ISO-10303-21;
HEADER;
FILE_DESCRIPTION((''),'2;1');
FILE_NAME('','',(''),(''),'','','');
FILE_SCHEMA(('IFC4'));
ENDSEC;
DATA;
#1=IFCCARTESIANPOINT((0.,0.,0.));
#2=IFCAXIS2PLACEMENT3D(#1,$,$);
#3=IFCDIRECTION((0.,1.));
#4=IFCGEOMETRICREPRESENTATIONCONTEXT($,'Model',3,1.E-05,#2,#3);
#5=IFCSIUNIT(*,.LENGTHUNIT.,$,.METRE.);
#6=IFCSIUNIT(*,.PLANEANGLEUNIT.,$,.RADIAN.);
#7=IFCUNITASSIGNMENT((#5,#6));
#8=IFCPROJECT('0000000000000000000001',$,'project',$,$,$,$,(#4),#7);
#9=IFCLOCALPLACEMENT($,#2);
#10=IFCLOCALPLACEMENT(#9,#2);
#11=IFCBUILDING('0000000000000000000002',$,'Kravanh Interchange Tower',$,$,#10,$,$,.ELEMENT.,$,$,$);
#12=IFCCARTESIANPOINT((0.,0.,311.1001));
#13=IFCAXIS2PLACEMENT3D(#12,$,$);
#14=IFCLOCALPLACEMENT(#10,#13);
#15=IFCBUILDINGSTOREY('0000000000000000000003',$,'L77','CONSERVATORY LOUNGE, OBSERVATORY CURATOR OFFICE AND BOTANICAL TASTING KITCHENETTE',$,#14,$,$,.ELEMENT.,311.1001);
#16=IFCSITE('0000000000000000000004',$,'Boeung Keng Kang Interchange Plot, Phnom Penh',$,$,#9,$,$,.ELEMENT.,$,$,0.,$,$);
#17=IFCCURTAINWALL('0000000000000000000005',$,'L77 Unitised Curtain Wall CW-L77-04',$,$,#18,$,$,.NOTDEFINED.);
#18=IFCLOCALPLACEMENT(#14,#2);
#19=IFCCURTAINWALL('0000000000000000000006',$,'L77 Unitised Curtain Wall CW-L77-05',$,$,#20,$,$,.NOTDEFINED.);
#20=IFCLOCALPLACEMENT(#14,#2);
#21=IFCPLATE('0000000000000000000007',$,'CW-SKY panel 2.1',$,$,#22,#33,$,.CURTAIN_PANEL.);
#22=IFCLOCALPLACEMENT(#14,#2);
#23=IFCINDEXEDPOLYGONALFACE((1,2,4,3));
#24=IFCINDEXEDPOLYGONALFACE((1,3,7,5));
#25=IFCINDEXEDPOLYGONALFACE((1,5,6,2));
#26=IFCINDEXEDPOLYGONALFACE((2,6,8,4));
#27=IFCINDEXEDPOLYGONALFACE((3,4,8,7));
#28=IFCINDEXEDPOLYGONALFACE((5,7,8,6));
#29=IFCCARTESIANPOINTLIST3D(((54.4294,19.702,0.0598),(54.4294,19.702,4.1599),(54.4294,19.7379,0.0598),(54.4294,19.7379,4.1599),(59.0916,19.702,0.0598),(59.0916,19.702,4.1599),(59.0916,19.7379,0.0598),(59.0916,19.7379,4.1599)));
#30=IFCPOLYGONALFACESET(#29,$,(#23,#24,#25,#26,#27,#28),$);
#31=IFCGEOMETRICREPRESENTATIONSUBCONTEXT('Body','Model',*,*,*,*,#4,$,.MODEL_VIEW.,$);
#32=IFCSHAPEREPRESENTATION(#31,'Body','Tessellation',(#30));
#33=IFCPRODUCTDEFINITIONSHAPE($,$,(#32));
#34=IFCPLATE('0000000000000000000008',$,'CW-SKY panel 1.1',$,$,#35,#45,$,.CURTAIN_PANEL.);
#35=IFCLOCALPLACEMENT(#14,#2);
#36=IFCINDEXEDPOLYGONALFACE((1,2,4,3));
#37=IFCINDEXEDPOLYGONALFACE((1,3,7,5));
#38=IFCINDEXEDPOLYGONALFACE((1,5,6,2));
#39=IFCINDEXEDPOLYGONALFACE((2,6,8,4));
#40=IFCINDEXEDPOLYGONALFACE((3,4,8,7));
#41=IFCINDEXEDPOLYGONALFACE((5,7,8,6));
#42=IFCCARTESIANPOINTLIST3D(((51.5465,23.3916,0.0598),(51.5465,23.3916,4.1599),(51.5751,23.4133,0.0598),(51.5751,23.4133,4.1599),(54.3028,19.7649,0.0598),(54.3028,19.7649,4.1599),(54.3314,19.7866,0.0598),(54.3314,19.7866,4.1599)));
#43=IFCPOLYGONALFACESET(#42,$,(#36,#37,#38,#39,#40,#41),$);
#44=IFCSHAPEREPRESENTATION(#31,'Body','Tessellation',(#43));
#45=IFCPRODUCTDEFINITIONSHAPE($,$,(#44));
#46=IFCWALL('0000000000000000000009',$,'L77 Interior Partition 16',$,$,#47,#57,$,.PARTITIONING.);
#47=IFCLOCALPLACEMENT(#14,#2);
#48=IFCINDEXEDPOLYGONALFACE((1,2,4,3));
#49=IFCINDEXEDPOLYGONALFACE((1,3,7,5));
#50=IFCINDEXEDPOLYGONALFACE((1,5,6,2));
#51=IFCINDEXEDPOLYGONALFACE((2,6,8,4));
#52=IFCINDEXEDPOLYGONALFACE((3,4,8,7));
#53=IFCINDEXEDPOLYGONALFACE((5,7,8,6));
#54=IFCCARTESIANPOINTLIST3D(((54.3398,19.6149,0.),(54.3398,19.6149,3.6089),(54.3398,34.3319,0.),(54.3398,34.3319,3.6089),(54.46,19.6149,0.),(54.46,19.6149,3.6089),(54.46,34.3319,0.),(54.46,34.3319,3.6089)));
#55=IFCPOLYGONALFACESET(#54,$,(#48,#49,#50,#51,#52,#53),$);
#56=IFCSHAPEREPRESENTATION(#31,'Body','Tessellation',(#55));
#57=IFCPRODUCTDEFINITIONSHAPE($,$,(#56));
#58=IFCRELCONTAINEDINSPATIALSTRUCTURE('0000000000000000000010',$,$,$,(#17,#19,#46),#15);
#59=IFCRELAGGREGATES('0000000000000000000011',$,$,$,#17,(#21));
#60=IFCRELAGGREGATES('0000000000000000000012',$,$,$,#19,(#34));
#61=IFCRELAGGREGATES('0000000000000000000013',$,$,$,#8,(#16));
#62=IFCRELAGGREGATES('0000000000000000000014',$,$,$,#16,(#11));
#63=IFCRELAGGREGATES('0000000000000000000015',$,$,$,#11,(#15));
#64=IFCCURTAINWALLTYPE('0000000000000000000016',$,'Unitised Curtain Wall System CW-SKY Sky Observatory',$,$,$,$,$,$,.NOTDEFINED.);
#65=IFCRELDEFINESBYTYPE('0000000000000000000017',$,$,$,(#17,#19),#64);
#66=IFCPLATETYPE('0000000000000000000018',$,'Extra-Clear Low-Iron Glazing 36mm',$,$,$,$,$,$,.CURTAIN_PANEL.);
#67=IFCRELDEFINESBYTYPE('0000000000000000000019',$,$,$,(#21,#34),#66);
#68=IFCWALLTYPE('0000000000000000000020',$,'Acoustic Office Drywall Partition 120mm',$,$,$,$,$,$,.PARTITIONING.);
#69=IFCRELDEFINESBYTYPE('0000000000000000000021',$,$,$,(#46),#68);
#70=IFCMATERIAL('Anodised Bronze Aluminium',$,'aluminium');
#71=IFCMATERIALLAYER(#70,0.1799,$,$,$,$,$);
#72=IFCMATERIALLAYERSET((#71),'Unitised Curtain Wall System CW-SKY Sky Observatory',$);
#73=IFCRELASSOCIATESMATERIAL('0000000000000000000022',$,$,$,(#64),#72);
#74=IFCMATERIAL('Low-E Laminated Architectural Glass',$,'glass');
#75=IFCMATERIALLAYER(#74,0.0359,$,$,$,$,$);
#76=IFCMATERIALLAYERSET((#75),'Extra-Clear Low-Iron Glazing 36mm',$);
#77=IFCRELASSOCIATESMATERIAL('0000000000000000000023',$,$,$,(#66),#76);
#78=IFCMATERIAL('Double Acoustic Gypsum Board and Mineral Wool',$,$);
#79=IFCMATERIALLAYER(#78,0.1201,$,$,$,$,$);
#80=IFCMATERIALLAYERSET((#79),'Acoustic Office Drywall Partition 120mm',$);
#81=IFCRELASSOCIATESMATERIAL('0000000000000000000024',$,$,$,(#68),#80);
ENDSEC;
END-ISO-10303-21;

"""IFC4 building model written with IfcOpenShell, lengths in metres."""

from ifc_helpers import new_model, si_unit, direction, frame, frame_2d, origin, origin_2d, place, context, subcontext, project, spatial, rectangle, extrude, material, layer, layer_set, type_object, element, aggregate, save


model = new_model("IFC4")

# Units and contexts
model_context = context("Model", 3, precision=1e-05, world=origin(), true_north=direction((0.0, 1.0)))
body_context = subcontext(model_context, "Body", "Model", "MODEL_VIEW")
ifc_project = project(units=[si_unit("LENGTHUNIT", "METRE"), si_unit("PLANEANGLEUNIT", "RADIAN")], contexts=[model_context])

# Site, building, storey
site_placement = place(None, origin())
site = spatial("IfcSite", under=ifc_project, at=site_placement, Name="Boeung Keng Kang Interchange Plot, Phnom Penh", CompositionType="ELEMENT", RefElevation=0.0)
building_placement = place(site_placement, origin())
building = spatial("IfcBuilding", under=site, at=building_placement, Name="Kravanh Interchange Tower", CompositionType="ELEMENT")
storey_placement = place(building_placement, frame((0.0, 0.0, 311.1001)))
storey = spatial("IfcBuildingStorey", under=building, at=storey_placement, Name="L77", Description="CONSERVATORY LOUNGE, OBSERVATORY CURATOR OFFICE AND BOTANICAL TASTING KITCHENETTE", CompositionType="ELEMENT", Elevation=311.1001)

# Curtain walls
ifc_material_1 = material(Name="Anodised Bronze Aluminium", Category="aluminium")
ifc_layer_1 = layer(ifc_material_1, 0.1799)
ifc_layer_set_1 = layer_set([ifc_layer_1], Name="Unitised Curtain Wall System CW-SKY Sky Observatory")
curtain_wall_type = type_object("IfcCurtainWallType", Name="Unitised Curtain Wall System CW-SKY Sky Observatory", PredefinedType="NOTDEFINED", material=ifc_layer_set_1)
curtain_wall_1_placement = place(storey_placement, origin())
curtain_wall_1 = element("IfcCurtainWall", 1, at=curtain_wall_1_placement, inside=storey, type_object=curtain_wall_type, Name="L77 Unitised Curtain Wall CW-L77-04", PredefinedType="NOTDEFINED")
curtain_wall_2_placement = place(storey_placement, origin())
curtain_wall_2 = element("IfcCurtainWall", 2, at=curtain_wall_2_placement, inside=storey, type_object=curtain_wall_type, Name="L77 Unitised Curtain Wall CW-L77-05", PredefinedType="NOTDEFINED")

# Plates
ifc_material_2 = material(Name="Low-E Laminated Architectural Glass", Category="glass")
ifc_layer_2 = layer(ifc_material_2, 0.0359)
ifc_layer_set_2 = layer_set([ifc_layer_2], Name="Extra-Clear Low-Iron Glazing 36mm")
plate_type = type_object("IfcPlateType", Name="Extra-Clear Low-Iron Glazing 36mm", PredefinedType="CURTAIN_PANEL", material=ifc_layer_set_2)
plate_1_placement = place(storey_placement, frame((56.7605, 19.72, 0.0598), z_axis=(0.0, 0.0, 1.0), x_axis=(-1.0, 0.0, 0.0)))
plate_1 = element("IfcPlate", 3, at=plate_1_placement, type_object=plate_type, Name="CW-SKY panel 2.1", PredefinedType="CURTAIN_PANEL", context=body_context, shape_type="SweptSolid", body=[
    extrude(rectangle(XDim=4.6621, YDim=0.0359, at=origin_2d()), origin(), (0.0, 0.0, 1.0), 4.1001),
])
aggregate(curtain_wall_1, [plate_1])
plate_2_placement = place(storey_placement, frame((52.939, 21.5891, 0.0598), z_axis=(0.0, 0.0, 1.0), x_axis=(-0.605084, 0.796162, 0.0)))
plate_2 = element("IfcPlate", 4, at=plate_2_placement, type_object=plate_type, Name="CW-SKY panel 1.1", PredefinedType="CURTAIN_PANEL", context=body_context, shape_type="SweptSolid", body=[
    extrude(rectangle(XDim=4.5552, YDim=0.0359, at=origin_2d()), origin(), (0.0, 0.0, 1.0), 4.1001),
])
aggregate(curtain_wall_2, [plate_2])

# Wall
ifc_material_3 = material(Name="Double Acoustic Gypsum Board and Mineral Wool")
ifc_layer_3 = layer(ifc_material_3, 0.1201)
ifc_layer_set_3 = layer_set([ifc_layer_3], Name="Acoustic Office Drywall Partition 120mm")
wall_type = type_object("IfcWallType", Name="Acoustic Office Drywall Partition 120mm", PredefinedType="PARTITIONING", material=ifc_layer_set_3)
wall_placement = place(storey_placement, frame((54.3999, 19.615, 0.0), z_axis=(0.0, 0.0, 1.0), x_axis=(0.0, 1.0, 0.0)))
element("IfcWall", 5, at=wall_placement, inside=storey, type_object=wall_type, Name="L77 Interior Partition 16", PredefinedType="PARTITIONING", context=body_context, shape_type="SweptSolid", body=[
    extrude(rectangle(XDim=14.717, YDim=0.1201, at=frame_2d((7.3584, 0.0))), origin(), (0.0, 0.0, 1.0), 3.6089),
])

save(model, "model.ifc")
